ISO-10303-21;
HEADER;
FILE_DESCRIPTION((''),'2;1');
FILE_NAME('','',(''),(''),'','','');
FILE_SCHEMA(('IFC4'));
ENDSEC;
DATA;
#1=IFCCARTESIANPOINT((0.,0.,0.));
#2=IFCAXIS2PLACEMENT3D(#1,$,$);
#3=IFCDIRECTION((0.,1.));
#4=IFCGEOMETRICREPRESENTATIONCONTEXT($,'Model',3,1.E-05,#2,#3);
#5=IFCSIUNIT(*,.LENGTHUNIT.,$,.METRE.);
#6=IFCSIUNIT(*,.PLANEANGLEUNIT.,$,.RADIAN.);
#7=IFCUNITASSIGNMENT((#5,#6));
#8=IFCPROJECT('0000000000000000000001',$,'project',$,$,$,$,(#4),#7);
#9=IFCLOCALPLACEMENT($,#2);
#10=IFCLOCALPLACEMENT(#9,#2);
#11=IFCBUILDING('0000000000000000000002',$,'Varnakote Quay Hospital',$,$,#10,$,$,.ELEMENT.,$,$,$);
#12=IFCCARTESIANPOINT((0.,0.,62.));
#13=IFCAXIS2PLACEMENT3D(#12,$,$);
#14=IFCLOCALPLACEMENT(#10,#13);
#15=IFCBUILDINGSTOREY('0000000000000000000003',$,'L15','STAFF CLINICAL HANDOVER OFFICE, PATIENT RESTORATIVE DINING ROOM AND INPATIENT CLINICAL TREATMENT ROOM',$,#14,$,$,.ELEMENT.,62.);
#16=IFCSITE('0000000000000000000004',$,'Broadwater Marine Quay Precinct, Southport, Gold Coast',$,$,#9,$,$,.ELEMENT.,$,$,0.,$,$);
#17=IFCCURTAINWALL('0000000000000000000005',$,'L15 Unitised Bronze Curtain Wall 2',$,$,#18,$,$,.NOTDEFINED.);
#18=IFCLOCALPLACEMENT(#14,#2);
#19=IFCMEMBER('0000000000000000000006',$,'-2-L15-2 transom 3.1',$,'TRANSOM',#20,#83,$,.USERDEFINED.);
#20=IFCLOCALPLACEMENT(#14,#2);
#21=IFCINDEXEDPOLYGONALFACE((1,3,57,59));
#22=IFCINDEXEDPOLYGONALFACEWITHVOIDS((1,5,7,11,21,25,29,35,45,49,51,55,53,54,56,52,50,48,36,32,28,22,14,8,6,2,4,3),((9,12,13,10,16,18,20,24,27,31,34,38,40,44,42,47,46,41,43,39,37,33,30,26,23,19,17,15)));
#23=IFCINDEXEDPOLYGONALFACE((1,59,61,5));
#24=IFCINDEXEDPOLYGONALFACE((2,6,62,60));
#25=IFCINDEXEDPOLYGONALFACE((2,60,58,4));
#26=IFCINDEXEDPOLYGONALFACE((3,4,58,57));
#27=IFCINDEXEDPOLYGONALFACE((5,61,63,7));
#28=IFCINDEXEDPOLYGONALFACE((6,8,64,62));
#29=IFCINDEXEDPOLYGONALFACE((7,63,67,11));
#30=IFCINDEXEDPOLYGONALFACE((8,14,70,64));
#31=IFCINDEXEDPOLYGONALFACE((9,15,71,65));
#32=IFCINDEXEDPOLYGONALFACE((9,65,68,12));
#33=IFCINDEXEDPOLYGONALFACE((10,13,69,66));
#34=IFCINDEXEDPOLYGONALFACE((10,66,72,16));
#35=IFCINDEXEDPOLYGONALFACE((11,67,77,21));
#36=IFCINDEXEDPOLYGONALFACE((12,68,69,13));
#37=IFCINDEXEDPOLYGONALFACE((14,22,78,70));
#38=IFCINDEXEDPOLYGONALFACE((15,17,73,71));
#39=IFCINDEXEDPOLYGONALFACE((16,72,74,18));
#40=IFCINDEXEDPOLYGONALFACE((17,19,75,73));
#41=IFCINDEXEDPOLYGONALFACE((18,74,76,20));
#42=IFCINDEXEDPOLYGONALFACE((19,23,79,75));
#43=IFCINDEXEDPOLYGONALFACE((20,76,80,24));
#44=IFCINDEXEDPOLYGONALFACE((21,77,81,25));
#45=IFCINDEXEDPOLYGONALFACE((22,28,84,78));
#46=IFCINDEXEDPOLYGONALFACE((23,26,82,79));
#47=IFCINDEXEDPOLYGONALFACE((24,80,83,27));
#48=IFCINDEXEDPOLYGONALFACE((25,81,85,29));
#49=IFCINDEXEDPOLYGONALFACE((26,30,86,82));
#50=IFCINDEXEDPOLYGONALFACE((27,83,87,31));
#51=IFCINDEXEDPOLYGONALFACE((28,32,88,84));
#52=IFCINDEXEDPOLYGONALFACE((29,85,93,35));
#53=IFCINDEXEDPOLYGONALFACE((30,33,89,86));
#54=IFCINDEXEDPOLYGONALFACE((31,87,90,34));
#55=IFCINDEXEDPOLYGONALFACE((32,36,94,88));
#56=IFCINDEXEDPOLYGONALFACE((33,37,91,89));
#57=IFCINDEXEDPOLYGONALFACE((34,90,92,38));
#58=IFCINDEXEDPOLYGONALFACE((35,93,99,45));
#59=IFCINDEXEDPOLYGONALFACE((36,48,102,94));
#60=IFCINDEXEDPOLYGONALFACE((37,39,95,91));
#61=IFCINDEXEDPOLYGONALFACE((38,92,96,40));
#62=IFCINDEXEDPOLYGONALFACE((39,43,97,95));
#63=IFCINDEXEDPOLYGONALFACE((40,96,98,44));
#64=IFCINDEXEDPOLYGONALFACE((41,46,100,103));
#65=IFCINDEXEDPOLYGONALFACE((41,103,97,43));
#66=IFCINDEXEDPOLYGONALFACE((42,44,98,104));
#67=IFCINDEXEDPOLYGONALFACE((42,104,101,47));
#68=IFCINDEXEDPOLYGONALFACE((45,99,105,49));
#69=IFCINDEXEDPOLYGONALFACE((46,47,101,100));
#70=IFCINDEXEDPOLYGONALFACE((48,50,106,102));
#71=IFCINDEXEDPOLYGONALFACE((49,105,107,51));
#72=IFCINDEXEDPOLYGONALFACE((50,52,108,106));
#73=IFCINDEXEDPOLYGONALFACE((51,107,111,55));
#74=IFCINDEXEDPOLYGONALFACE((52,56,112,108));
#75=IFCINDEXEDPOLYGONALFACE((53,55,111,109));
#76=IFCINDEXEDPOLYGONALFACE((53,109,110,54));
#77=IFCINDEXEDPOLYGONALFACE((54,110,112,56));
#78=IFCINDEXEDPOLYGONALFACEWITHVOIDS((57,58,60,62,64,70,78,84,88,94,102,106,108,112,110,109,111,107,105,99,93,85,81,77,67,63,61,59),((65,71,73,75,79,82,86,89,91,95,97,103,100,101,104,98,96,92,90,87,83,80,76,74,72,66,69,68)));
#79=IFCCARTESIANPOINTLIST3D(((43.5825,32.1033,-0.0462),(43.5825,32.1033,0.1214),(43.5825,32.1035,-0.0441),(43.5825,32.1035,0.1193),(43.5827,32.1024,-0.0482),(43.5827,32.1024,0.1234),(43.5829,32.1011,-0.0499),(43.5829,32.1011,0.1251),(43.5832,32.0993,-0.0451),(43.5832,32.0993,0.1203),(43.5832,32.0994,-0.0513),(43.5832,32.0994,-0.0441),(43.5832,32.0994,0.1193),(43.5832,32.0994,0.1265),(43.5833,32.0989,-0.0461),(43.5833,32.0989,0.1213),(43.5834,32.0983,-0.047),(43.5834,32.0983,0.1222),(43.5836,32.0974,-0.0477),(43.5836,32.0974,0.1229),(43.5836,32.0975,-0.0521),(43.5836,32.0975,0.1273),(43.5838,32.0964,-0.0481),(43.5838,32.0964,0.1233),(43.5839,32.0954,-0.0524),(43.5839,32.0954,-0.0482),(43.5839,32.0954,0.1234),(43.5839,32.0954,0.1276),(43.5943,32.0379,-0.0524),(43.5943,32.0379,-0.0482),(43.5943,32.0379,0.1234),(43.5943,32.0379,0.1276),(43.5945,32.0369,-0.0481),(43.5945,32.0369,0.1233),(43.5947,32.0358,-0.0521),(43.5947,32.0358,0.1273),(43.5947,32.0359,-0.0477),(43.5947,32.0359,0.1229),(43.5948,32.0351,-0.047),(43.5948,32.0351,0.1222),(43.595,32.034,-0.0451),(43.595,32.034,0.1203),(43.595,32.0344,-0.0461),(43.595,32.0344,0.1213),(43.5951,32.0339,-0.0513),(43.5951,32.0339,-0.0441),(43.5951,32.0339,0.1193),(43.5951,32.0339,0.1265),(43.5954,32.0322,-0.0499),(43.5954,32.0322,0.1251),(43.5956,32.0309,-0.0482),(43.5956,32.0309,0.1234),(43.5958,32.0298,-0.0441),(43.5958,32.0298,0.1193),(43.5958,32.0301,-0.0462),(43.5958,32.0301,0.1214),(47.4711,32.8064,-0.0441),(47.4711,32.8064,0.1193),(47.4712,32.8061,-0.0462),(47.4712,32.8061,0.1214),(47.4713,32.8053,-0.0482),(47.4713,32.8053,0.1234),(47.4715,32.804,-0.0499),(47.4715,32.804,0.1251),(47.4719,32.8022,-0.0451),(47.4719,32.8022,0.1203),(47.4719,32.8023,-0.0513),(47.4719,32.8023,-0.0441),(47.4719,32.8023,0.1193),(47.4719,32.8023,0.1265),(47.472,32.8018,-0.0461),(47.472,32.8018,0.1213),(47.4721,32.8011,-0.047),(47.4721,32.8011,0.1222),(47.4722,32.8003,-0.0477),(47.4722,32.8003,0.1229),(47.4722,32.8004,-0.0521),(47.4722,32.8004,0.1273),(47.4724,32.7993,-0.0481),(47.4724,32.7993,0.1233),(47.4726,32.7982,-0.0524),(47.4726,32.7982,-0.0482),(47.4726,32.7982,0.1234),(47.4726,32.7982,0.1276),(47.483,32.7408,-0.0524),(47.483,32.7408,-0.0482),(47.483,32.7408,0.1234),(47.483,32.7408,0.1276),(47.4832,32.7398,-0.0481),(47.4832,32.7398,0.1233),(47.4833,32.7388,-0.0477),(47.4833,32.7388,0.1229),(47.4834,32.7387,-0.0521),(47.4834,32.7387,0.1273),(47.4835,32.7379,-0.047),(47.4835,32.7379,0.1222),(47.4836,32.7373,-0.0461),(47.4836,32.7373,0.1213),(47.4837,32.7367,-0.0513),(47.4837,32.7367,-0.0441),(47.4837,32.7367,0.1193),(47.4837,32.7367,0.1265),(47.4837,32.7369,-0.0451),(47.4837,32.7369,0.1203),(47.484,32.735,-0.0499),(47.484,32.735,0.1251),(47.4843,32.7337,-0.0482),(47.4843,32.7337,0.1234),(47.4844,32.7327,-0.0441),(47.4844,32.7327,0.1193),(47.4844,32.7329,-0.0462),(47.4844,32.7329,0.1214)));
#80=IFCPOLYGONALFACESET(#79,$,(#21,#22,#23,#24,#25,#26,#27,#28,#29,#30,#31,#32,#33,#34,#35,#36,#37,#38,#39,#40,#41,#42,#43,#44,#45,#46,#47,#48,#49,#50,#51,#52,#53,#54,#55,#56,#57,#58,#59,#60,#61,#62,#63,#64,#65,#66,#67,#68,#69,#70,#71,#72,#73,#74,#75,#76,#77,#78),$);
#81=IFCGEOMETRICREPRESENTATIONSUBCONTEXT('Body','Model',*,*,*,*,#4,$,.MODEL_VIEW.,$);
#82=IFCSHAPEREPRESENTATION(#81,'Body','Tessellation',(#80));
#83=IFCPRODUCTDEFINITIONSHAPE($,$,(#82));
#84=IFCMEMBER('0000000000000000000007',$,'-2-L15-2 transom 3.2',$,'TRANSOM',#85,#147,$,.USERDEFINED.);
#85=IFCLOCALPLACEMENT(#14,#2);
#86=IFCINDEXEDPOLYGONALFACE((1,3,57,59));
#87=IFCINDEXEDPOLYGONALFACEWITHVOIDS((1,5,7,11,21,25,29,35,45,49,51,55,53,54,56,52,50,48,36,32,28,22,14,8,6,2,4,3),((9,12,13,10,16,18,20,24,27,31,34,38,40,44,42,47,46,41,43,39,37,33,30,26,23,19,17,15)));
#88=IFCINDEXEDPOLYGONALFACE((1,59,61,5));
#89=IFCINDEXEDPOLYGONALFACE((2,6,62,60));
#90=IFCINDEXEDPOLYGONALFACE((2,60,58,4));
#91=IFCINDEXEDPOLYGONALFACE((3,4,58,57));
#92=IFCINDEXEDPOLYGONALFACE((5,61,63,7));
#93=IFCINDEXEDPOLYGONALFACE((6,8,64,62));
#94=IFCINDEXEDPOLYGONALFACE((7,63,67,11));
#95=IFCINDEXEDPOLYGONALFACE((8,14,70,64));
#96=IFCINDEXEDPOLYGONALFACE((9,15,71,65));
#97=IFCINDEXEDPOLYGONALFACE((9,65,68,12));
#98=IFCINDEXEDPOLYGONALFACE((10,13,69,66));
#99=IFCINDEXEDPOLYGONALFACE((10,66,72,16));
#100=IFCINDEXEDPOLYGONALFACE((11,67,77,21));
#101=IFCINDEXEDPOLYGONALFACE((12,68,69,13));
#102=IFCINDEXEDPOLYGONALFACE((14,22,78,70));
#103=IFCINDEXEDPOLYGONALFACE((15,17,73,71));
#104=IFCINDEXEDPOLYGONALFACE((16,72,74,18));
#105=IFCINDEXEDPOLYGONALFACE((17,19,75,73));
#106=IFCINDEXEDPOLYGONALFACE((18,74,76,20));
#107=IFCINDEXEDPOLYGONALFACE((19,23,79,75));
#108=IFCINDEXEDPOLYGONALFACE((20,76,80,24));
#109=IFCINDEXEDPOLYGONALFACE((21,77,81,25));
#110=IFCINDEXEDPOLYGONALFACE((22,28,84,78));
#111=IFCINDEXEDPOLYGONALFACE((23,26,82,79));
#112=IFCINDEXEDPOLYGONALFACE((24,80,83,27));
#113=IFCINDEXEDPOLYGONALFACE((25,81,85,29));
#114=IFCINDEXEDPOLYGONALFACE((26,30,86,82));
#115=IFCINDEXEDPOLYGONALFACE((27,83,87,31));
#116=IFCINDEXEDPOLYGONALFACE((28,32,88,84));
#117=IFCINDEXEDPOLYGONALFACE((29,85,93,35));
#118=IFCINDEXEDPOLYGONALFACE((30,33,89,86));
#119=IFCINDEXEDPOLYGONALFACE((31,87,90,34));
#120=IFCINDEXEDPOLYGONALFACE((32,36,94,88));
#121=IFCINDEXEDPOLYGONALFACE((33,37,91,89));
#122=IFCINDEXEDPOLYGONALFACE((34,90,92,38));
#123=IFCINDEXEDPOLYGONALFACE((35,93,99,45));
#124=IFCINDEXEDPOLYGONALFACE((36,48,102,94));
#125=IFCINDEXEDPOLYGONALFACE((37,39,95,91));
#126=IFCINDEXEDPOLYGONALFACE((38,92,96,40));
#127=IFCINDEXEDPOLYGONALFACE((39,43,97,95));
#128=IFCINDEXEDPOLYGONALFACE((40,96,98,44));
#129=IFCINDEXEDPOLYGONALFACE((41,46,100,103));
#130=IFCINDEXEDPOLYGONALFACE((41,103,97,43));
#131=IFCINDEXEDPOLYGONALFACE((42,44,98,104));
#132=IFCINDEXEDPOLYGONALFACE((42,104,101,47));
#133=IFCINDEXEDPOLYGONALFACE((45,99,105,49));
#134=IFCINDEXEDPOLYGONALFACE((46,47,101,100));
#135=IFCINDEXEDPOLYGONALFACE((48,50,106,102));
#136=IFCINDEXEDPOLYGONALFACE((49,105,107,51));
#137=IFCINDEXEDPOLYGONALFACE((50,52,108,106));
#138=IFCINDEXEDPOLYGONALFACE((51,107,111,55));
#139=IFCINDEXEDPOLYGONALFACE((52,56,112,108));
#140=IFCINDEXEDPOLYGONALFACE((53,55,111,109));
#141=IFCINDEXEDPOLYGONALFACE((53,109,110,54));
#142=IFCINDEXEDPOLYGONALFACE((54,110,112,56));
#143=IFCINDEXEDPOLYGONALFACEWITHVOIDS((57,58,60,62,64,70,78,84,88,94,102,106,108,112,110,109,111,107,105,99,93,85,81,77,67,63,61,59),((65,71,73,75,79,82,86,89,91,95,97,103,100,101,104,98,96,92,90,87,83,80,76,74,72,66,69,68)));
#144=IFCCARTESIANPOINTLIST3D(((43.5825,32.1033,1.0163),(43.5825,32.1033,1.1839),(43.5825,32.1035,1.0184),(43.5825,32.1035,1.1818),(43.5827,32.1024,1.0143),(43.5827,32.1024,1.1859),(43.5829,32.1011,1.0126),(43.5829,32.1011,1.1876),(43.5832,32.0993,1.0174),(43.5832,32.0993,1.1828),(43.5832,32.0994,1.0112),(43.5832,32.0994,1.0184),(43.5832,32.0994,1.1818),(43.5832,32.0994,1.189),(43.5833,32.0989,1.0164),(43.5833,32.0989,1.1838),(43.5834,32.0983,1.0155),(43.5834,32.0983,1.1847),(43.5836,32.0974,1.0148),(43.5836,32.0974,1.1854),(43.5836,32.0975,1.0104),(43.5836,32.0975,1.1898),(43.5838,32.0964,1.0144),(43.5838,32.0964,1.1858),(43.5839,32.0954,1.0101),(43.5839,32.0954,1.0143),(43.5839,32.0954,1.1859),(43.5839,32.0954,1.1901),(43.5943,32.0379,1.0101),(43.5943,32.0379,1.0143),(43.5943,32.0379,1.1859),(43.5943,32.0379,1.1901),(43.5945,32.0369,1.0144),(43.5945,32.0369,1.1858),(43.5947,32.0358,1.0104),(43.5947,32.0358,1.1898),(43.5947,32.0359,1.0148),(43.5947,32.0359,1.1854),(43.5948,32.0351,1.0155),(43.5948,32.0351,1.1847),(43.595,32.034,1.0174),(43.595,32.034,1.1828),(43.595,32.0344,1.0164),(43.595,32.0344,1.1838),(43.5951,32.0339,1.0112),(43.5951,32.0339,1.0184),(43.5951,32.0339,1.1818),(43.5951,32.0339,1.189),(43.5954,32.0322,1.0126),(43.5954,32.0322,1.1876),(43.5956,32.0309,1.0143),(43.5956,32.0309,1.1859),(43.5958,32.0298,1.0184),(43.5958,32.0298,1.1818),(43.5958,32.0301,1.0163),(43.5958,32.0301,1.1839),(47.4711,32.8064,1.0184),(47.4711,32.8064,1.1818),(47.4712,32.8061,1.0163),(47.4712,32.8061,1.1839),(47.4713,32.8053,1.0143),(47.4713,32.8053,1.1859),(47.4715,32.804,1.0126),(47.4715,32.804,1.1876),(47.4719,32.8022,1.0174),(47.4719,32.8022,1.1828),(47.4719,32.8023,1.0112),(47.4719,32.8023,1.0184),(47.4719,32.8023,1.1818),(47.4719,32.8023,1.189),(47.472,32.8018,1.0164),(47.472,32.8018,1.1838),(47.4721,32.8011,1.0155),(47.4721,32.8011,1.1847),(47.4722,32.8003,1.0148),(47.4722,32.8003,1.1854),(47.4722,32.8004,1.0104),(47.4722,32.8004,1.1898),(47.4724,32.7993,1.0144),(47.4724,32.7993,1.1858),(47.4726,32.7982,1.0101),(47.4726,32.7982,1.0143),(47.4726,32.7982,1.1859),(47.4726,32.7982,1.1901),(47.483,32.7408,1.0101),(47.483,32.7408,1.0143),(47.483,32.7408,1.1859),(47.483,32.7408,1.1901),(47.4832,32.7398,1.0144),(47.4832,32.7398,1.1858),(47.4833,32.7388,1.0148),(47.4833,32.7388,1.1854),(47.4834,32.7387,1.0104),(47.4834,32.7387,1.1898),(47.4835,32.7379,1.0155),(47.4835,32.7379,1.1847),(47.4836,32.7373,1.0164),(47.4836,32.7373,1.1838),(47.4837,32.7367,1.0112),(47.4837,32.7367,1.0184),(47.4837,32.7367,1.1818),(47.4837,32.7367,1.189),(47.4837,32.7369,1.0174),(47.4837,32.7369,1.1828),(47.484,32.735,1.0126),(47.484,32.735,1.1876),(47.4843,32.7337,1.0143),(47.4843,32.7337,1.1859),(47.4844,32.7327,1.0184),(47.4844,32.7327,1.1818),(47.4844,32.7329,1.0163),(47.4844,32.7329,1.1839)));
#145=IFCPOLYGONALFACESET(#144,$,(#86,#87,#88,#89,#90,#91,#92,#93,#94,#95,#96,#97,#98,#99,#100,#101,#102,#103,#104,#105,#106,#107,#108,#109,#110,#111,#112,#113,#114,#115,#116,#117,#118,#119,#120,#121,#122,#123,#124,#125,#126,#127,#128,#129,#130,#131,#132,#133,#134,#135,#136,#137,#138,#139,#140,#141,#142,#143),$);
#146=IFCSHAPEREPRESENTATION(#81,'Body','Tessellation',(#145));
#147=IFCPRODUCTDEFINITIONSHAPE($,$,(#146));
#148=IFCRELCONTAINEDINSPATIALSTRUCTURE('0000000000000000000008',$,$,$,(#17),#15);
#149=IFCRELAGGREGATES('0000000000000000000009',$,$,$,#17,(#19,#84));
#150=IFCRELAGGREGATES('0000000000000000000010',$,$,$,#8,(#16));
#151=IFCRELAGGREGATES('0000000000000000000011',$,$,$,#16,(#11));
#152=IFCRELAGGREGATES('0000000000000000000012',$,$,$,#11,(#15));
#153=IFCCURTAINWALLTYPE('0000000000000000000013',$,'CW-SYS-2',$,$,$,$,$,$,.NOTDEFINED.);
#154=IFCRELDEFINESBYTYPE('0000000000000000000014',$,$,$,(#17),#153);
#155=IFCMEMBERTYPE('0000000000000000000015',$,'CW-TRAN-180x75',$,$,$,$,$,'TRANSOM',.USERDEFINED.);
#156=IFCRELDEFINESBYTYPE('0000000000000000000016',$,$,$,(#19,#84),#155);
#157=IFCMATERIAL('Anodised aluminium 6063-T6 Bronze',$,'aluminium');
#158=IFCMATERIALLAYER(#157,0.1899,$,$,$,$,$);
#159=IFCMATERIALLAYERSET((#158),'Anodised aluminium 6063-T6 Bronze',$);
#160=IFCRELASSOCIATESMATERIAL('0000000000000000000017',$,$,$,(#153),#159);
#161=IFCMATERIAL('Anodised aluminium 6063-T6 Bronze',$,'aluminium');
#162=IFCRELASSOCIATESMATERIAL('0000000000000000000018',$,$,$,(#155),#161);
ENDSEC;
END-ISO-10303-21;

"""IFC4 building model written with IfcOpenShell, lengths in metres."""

from ifc_helpers import new_model, si_unit, direction, frame, origin, origin_2d, place, context, subcontext, project, spatial, hollow_rectangle, extrude, material, layer, layer_set, material_profile, profile_set, type_object, element, aggregate, save


model = new_model("IFC4")

# Units and contexts
model_context = context("Model", 3, precision=1e-05, world=origin(), true_north=direction((0.0, 1.0)))
body_context = subcontext(model_context, "Body", "Model", "MODEL_VIEW")
ifc_project = project(units=[si_unit("LENGTHUNIT", "METRE"), si_unit("PLANEANGLEUNIT", "RADIAN")], contexts=[model_context])

# Site, building, storey
site_placement = place(None, origin())
site = spatial("IfcSite", under=ifc_project, at=site_placement, Name="Broadwater Marine Quay Precinct, Southport, Gold Coast", CompositionType="ELEMENT", RefElevation=0.0)
building_placement = place(site_placement, origin())
building = spatial("IfcBuilding", under=site, at=building_placement, Name="Varnakote Quay Hospital", CompositionType="ELEMENT")
storey_placement = place(building_placement, frame((0.0, 0.0, 62.0)))
storey = spatial("IfcBuildingStorey", under=building, at=storey_placement, Name="L15", Description="STAFF CLINICAL HANDOVER OFFICE, PATIENT RESTORATIVE DINING ROOM AND INPATIENT CLINICAL TREATMENT ROOM", CompositionType="ELEMENT", Elevation=62.0)

# Curtain wall, members
ifc_material_1 = material(Name="Anodised aluminium 6063-T6 Bronze", Category="aluminium")
ifc_layer_1 = layer(ifc_material_1, 0.1899)
ifc_layer_set_1 = layer_set([ifc_layer_1], Name="Anodised aluminium 6063-T6 Bronze")
curtain_wall_type = type_object("IfcCurtainWallType", Name="CW-SYS-2", PredefinedType="NOTDEFINED", material=ifc_layer_set_1)
curtain_wall_placement = place(storey_placement, origin())
curtain_wall = element("IfcCurtainWall", 1, at=curtain_wall_placement, inside=storey, type_object=curtain_wall_type, Name="L15 Unitised Bronze Curtain Wall 2", PredefinedType="NOTDEFINED")
ifc_material_2 = material(Name="Anodised aluminium 6063-T6 Bronze", Category="aluminium")
ifc_material_profile_1 = material_profile(ifc_material_2, hollow_rectangle(XDim=0.075, YDim=0.1799, WallThickness=0.0042, InnerFilletRadius=0.0042, OuterFilletRadius=0.0083, at=origin_2d()), Name="CW-TRAN-180x75")
ifc_profile_set_1 = profile_set([ifc_material_profile_1], Name="Anodised aluminium 6063-T6 Bronze")
member_type_1 = type_object("IfcMemberType", Name="CW-TRAN-180x75", ElementType="TRANSOM", PredefinedType="USERDEFINED", material=ifc_profile_set_1)
member_1_placement = place(storey_placement, frame((47.4778, 32.7695, 0.0376), z_axis=(-0.984054, -0.177869, 0.0), x_axis=(0.177869, -0.984054, 0.0)))
member_1 = element("IfcMember", 2, at=member_1_placement, type_object=member_type_1, Name="-2-L15-2 transom 3.1", ObjectType="TRANSOM", PredefinedType="USERDEFINED", context=body_context, shape_type="SweptSolid", body=[
    extrude(hollow_rectangle(XDim=0.075, YDim=0.1799, WallThickness=0.0042, InnerFilletRadius=0.0042, OuterFilletRadius=0.0083, at=origin_2d()), origin(), (0.0, 0.0, 1.0), 3.9517),
])
member_2_placement = place(storey_placement, frame((47.4778, 32.7695, 1.1001), z_axis=(-0.984054, -0.177869, 0.0), x_axis=(0.177869, -0.984054, 0.0)))
member_2 = element("IfcMember", 3, at=member_2_placement, type_object=member_type_1, Name="-2-L15-2 transom 3.2", ObjectType="TRANSOM", PredefinedType="USERDEFINED", context=body_context, shape_type="SweptSolid", body=[
    extrude(hollow_rectangle(XDim=0.075, YDim=0.1799, WallThickness=0.0042, InnerFilletRadius=0.0042, OuterFilletRadius=0.0083, at=origin_2d()), origin(), (0.0, 0.0, 1.0), 3.9517),
])
aggregate(curtain_wall, [member_1, member_2])

save(model, "model.ifc")
